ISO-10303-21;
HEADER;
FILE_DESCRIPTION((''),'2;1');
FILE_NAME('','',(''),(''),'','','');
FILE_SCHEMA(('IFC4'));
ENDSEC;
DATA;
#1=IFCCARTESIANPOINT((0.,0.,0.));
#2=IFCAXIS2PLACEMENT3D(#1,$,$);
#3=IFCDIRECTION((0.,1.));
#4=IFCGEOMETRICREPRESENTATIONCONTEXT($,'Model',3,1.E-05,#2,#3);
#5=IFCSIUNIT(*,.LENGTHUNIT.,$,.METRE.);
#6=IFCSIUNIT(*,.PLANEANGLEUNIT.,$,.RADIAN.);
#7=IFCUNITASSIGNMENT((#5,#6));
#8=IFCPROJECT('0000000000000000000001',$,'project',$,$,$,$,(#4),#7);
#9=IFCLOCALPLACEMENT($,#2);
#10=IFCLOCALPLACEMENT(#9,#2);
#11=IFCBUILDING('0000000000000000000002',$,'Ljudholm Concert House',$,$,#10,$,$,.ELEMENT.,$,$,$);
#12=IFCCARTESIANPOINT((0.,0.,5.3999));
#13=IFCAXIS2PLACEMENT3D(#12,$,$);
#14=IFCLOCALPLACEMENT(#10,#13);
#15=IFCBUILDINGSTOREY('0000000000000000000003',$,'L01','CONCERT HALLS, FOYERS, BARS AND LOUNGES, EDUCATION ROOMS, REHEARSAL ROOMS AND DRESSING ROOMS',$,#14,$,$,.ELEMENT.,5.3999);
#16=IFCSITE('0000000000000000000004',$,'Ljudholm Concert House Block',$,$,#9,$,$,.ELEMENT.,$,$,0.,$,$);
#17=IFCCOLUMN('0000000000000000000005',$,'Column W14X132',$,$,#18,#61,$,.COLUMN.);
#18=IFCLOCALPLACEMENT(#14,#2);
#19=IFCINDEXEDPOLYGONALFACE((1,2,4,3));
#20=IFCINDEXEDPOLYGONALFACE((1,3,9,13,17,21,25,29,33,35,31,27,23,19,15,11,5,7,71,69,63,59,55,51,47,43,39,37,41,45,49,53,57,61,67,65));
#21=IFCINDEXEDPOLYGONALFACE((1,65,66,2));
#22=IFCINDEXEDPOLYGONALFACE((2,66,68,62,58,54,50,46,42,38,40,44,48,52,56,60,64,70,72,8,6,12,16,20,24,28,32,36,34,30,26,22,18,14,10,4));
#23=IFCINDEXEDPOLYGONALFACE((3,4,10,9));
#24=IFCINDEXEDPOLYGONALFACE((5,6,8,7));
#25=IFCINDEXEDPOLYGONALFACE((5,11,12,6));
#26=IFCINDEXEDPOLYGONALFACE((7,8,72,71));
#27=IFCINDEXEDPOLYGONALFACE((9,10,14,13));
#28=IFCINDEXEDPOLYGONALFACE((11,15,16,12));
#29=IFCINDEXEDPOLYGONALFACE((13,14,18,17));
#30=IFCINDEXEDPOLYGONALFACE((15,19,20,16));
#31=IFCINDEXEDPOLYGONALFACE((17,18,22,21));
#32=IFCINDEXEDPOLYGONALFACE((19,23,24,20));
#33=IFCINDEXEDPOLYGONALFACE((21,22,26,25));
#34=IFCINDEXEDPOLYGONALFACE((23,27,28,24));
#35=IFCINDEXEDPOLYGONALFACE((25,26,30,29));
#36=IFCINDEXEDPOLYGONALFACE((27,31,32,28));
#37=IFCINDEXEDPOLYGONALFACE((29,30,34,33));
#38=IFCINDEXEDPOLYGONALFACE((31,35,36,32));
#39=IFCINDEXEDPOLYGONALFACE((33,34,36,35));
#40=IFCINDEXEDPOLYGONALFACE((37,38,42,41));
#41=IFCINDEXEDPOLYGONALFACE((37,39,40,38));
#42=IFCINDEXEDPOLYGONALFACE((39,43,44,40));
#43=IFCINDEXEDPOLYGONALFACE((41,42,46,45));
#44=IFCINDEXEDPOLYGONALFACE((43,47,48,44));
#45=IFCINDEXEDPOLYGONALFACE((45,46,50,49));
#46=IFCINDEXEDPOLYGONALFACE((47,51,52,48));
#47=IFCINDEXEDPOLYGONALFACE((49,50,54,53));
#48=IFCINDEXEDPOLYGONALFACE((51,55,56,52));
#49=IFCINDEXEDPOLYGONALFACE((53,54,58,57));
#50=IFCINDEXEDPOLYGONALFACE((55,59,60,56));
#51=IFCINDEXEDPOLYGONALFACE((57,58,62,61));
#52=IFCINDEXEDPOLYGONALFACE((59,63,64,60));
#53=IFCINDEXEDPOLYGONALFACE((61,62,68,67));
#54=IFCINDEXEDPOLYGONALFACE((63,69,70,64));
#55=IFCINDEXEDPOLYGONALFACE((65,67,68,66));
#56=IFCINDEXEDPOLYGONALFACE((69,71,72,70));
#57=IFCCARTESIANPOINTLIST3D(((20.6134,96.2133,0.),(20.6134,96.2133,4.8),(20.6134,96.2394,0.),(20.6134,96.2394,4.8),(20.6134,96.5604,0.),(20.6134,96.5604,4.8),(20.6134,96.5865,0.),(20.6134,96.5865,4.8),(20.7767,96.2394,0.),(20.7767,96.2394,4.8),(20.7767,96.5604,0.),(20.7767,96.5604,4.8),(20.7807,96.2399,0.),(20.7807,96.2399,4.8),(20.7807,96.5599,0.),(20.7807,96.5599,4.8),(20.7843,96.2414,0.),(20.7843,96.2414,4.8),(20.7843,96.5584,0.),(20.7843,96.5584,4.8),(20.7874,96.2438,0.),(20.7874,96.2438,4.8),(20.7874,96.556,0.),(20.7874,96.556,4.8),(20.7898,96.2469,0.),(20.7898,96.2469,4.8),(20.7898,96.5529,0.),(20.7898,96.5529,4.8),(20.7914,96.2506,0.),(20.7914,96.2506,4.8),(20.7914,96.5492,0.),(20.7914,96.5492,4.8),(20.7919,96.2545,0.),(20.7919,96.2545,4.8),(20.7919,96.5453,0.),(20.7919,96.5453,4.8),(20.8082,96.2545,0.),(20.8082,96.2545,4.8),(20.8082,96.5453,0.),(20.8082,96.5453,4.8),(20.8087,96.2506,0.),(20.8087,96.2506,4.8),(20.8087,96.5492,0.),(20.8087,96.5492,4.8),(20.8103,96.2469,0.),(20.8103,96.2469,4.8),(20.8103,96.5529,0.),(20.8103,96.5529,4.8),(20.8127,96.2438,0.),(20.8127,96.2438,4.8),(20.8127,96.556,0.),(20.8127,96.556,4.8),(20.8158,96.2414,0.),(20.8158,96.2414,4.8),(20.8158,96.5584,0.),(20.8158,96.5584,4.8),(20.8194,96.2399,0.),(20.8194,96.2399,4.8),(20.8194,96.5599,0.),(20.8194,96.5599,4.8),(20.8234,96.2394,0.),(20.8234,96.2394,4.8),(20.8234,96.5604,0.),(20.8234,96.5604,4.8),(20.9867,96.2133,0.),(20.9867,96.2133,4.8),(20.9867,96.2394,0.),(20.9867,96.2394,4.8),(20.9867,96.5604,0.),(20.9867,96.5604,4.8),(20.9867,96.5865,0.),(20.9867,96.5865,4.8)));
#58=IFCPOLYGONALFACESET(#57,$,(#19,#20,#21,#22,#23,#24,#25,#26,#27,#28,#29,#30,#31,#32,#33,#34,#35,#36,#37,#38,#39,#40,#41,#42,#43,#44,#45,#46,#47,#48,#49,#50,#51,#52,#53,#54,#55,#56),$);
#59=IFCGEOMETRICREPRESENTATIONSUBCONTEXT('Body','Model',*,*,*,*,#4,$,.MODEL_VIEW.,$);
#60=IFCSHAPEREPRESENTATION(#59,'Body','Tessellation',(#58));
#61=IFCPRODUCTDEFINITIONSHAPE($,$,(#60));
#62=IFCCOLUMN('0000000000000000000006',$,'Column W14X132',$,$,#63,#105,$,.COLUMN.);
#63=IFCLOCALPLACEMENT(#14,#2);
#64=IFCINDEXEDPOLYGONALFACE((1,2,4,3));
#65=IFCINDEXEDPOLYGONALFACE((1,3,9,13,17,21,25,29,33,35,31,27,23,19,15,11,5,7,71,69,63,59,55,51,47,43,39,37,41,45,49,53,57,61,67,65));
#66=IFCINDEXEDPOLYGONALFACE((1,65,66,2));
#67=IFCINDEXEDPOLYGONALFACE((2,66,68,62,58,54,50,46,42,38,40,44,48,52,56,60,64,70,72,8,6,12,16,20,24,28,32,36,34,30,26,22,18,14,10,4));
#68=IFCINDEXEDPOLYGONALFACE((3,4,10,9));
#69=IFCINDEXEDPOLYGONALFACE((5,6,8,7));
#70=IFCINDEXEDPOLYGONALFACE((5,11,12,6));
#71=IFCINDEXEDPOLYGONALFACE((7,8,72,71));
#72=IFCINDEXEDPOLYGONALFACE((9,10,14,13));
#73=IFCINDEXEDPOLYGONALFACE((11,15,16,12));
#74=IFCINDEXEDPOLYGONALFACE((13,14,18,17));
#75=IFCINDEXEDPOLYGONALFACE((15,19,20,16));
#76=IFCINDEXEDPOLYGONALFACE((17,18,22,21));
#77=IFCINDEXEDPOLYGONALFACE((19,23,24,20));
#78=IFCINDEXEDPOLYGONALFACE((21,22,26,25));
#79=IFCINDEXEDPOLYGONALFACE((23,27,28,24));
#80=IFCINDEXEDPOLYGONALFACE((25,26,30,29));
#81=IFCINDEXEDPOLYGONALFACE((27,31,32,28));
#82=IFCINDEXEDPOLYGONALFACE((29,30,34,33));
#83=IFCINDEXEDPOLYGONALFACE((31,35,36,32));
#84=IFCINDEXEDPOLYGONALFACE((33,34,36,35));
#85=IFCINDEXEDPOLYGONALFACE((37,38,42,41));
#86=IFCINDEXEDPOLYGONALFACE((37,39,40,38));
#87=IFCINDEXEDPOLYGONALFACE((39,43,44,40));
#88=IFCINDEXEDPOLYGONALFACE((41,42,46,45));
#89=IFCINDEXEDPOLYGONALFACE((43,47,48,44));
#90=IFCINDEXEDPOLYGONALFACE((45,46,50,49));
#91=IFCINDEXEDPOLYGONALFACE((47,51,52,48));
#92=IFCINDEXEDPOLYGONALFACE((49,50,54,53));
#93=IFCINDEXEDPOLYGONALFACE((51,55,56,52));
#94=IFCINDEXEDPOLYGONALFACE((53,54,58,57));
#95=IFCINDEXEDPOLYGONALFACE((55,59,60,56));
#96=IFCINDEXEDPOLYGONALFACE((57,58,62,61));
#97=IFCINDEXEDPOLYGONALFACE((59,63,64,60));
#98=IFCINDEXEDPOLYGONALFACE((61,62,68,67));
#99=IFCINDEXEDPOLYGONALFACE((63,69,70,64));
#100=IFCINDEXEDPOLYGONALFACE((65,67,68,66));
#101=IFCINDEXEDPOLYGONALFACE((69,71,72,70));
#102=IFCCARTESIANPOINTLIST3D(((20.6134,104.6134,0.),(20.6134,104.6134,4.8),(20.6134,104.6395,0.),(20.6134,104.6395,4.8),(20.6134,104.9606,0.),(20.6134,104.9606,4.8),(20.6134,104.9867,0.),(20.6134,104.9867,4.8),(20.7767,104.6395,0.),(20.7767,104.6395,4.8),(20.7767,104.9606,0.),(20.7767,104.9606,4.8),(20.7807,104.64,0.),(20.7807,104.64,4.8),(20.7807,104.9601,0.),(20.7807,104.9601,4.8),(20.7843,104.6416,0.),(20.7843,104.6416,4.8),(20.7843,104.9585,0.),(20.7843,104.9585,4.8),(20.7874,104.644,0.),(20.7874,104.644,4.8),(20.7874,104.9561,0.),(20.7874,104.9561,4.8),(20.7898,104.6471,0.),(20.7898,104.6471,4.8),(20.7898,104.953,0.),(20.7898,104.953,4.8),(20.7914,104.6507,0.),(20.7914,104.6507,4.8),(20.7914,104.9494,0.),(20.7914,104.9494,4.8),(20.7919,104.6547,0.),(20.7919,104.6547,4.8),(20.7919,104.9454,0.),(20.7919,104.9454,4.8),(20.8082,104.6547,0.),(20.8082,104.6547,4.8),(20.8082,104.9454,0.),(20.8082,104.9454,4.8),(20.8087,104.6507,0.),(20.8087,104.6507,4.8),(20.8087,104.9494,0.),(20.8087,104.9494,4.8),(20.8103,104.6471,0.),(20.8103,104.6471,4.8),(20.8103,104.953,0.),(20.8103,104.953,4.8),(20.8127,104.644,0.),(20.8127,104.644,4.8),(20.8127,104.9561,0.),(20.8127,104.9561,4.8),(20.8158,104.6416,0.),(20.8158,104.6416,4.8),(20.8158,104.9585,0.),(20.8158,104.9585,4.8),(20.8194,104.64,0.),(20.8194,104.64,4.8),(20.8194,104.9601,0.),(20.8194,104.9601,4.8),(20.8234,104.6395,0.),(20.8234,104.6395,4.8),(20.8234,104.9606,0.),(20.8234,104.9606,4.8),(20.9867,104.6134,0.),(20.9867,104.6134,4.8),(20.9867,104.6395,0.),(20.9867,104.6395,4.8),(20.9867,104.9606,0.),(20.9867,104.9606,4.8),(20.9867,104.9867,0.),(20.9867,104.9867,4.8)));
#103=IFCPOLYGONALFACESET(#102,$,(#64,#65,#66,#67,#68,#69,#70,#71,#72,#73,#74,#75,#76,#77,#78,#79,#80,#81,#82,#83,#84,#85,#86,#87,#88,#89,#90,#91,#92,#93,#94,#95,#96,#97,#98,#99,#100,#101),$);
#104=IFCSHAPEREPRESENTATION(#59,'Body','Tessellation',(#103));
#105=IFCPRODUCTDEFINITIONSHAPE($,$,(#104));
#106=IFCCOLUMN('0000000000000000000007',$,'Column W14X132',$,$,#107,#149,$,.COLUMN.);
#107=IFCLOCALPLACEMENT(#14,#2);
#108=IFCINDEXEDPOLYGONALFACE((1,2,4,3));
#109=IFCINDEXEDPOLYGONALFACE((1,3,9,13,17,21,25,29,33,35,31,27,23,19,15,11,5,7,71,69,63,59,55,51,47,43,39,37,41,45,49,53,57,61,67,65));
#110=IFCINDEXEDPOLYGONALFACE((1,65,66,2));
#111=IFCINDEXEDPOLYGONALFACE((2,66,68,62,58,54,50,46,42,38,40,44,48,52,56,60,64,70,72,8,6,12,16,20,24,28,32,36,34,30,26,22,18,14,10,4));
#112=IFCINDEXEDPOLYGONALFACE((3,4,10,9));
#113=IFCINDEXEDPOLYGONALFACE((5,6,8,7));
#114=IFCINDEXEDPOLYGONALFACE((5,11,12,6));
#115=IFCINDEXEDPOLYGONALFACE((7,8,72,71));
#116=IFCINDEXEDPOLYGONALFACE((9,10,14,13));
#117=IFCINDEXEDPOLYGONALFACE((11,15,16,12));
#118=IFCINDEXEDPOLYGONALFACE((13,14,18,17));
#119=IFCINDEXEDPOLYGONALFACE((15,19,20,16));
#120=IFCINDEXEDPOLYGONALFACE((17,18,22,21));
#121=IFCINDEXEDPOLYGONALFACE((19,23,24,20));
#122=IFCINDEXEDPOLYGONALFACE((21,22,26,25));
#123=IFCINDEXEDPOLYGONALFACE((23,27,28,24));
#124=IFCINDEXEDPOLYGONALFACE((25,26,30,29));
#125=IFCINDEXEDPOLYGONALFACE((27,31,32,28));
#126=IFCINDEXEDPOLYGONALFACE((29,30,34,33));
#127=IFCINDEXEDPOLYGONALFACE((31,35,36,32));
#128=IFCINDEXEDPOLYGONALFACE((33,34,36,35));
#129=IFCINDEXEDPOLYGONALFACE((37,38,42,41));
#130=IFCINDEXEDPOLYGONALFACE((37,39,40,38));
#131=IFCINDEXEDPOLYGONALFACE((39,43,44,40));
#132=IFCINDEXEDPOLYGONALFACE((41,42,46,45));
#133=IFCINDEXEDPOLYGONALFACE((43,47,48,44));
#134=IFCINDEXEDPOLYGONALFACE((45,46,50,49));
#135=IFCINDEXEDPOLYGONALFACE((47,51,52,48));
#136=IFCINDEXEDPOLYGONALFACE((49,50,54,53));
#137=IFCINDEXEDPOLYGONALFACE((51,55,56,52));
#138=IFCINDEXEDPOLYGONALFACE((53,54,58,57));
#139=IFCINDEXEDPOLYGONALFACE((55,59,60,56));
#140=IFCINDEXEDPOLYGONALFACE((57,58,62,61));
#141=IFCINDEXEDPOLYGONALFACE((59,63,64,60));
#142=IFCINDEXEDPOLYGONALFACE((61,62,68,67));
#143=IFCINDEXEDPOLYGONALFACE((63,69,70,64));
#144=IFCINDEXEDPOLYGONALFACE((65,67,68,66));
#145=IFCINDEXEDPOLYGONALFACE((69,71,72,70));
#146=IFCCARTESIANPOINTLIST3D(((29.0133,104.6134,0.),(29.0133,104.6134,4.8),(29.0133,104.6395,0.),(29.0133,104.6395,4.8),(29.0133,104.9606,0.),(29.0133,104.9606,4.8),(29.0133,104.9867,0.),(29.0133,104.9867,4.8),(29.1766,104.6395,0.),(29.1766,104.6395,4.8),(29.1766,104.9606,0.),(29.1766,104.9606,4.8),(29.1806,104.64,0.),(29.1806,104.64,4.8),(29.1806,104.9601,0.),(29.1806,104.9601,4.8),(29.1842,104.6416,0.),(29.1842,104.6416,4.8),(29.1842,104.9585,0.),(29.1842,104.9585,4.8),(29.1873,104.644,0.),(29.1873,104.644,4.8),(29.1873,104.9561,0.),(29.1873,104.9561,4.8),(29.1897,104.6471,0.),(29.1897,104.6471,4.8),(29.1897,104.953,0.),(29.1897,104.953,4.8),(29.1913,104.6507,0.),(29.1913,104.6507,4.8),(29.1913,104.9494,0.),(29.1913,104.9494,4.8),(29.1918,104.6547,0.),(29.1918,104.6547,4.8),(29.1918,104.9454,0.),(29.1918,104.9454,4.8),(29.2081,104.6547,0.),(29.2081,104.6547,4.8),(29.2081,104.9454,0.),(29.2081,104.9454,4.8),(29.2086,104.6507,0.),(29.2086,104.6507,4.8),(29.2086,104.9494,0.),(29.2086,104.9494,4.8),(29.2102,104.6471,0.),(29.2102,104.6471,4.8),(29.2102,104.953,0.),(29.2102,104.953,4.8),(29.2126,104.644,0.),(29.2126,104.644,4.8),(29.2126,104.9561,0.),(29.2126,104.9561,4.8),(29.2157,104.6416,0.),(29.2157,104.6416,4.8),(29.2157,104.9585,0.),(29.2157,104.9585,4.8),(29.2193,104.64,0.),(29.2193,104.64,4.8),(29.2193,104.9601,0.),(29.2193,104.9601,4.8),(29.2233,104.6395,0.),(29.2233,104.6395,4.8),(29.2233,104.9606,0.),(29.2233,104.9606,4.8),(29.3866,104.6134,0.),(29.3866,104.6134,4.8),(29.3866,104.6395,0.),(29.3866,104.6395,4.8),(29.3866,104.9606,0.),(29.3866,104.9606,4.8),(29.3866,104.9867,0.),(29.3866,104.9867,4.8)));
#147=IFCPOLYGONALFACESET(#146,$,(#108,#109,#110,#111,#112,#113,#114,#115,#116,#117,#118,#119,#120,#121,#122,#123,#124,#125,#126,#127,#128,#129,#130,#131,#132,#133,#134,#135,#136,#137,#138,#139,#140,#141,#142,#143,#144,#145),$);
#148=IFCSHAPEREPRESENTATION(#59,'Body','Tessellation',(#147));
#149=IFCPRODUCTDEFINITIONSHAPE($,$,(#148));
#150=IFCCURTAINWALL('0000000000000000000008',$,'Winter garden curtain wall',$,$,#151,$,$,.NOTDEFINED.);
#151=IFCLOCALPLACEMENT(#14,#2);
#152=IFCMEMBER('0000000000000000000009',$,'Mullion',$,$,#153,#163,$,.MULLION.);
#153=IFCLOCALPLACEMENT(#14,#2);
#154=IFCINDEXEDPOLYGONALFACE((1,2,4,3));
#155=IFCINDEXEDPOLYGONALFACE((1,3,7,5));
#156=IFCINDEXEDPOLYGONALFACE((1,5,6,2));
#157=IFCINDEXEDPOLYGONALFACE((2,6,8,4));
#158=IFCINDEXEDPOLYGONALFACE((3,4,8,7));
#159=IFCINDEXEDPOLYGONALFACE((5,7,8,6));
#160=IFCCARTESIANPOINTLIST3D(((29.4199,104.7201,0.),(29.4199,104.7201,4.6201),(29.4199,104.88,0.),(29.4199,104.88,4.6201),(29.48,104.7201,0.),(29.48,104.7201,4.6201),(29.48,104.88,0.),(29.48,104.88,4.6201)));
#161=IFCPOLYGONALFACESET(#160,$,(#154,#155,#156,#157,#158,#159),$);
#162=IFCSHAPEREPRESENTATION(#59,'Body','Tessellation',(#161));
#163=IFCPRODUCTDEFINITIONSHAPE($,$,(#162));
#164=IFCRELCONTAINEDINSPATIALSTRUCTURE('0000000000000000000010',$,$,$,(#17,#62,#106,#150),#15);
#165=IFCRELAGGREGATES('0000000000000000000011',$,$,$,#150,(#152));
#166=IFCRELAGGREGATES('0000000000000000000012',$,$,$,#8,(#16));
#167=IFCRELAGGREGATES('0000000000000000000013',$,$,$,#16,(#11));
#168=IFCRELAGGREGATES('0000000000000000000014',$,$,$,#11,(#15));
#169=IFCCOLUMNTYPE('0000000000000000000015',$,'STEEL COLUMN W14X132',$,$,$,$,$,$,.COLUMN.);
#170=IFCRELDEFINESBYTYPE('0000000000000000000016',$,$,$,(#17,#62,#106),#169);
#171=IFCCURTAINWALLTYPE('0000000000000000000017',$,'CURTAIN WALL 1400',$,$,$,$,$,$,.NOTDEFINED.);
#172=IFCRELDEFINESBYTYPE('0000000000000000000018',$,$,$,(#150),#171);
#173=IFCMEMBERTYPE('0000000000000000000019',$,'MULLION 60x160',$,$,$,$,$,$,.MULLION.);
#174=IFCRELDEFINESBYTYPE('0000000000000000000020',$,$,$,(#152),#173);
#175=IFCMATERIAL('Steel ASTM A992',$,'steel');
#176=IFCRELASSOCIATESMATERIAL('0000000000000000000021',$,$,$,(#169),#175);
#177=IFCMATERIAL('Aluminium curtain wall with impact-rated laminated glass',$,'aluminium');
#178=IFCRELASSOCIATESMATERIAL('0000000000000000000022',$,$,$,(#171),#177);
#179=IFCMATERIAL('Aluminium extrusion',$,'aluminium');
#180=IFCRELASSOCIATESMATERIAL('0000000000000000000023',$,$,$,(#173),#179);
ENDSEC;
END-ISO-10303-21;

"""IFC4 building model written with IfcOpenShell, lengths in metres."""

from ifc_helpers import new_model, si_unit, direction, frame, origin, origin_2d, place, context, subcontext, project, spatial, rectangle, i_section, extrude, material, material_profile, profile_set, type_object, element, aggregate, save


model = new_model("IFC4")

# Units and contexts
model_context = context("Model", 3, precision=1e-05, world=origin(), true_north=direction((0.0, 1.0)))
body_context = subcontext(model_context, "Body", "Model", "MODEL_VIEW")
ifc_project = project(units=[si_unit("LENGTHUNIT", "METRE"), si_unit("PLANEANGLEUNIT", "RADIAN")], contexts=[model_context])

# Site, building, storey
site_placement = place(None, origin())
site = spatial("IfcSite", under=ifc_project, at=site_placement, Name="Ljudholm Concert House Block", CompositionType="ELEMENT", RefElevation=0.0)
building_placement = place(site_placement, origin())
building = spatial("IfcBuilding", under=site, at=building_placement, Name="Ljudholm Concert House", CompositionType="ELEMENT")
storey_placement = place(building_placement, frame((0.0, 0.0, 5.3999)))
storey = spatial("IfcBuildingStorey", under=building, at=storey_placement, Name="L01", Description="CONCERT HALLS, FOYERS, BARS AND LOUNGES, EDUCATION ROOMS, REHEARSAL ROOMS AND DRESSING ROOMS", CompositionType="ELEMENT", Elevation=5.3999)

# Columns
ifc_material_1 = material(Name="Steel ASTM A992", Category="steel")
ifc_material_profile_1 = material_profile(ifc_material_1, i_section(OverallWidth=0.3733, OverallDepth=0.3733, WebThickness=0.0164, FlangeThickness=0.0261, FilletRadius=0.0151, at=origin_2d()), Name="W14X132")
ifc_profile_set_1 = profile_set([ifc_material_profile_1], Name="Steel ASTM A992")
column_type = type_object("IfcColumnType", Name="STEEL COLUMN W14X132", PredefinedType="COLUMN", material=ifc_profile_set_1)
for number, where, z_axis, x_axis, name in (
    (1, (20.8, 96.3999, 0.0), (0.0, 0.0, 1.0), (1.0, 0.0, 0.0), "Column W14X132"),
    (2, (20.8, 104.8, 0.0), (0.0, 0.0, 1.0), (1.0, 0.0, 0.0), "Column W14X132"),
    (3, (29.2, 104.8, 0.0), (0.0, 0.0, 1.0), (1.0, 0.0, 0.0), "Column W14X132"),
):
    element("IfcColumn", number, at=place(storey_placement, frame(where, z_axis=z_axis, x_axis=x_axis)), inside=storey, type_object=column_type, Name=name, PredefinedType="COLUMN", context=body_context, shape_type="SweptSolid", body=[
        extrude(i_section(OverallWidth=0.3733, OverallDepth=0.3733, WebThickness=0.0164, FlangeThickness=0.0261, FilletRadius=0.0151, at=origin_2d()), origin(), (0.0, 0.0, 1.0), 4.8),
    ])

# Curtain wall, member
ifc_material_2 = material(Name="Aluminium curtain wall with impact-rated laminated glass", Category="aluminium")
curtain_wall_type = type_object("IfcCurtainWallType", Name="CURTAIN WALL 1400", PredefinedType="NOTDEFINED", material=ifc_material_2)
curtain_wall_placement = place(storey_placement, origin())
curtain_wall = element("IfcCurtainWall", 4, at=curtain_wall_placement, inside=storey, type_object=curtain_wall_type, Name="Winter garden curtain wall", PredefinedType="NOTDEFINED")
ifc_material_3 = material(Name="Aluminium extrusion", Category="aluminium")
ifc_material_profile_2 = material_profile(ifc_material_3, rectangle(XDim=0.1599, YDim=0.0601, at=origin_2d()), Name="MULLION 60x160")
ifc_profile_set_2 = profile_set([ifc_material_profile_2], Name="Aluminium extrusion")
member_type_1 = type_object("IfcMemberType", Name="MULLION 60x160", PredefinedType="MULLION", material=ifc_profile_set_2)
member_1_placement = place(storey_placement, frame((29.45, 104.8, 0.0), z_axis=(0.0, 0.0, 1.0), x_axis=(0.0, 1.0, 0.0)))
member_1 = element("IfcMember", 5, at=member_1_placement, type_object=member_type_1, Name="Mullion", PredefinedType="MULLION", context=body_context, shape_type="SweptSolid", body=[
    extrude(rectangle(XDim=0.1599, YDim=0.0601, at=origin_2d()), origin(), (0.0, 0.0, 1.0), 4.6201),
])

aggregate(curtain_wall, [member_1])

save(model, "model.ifc")
